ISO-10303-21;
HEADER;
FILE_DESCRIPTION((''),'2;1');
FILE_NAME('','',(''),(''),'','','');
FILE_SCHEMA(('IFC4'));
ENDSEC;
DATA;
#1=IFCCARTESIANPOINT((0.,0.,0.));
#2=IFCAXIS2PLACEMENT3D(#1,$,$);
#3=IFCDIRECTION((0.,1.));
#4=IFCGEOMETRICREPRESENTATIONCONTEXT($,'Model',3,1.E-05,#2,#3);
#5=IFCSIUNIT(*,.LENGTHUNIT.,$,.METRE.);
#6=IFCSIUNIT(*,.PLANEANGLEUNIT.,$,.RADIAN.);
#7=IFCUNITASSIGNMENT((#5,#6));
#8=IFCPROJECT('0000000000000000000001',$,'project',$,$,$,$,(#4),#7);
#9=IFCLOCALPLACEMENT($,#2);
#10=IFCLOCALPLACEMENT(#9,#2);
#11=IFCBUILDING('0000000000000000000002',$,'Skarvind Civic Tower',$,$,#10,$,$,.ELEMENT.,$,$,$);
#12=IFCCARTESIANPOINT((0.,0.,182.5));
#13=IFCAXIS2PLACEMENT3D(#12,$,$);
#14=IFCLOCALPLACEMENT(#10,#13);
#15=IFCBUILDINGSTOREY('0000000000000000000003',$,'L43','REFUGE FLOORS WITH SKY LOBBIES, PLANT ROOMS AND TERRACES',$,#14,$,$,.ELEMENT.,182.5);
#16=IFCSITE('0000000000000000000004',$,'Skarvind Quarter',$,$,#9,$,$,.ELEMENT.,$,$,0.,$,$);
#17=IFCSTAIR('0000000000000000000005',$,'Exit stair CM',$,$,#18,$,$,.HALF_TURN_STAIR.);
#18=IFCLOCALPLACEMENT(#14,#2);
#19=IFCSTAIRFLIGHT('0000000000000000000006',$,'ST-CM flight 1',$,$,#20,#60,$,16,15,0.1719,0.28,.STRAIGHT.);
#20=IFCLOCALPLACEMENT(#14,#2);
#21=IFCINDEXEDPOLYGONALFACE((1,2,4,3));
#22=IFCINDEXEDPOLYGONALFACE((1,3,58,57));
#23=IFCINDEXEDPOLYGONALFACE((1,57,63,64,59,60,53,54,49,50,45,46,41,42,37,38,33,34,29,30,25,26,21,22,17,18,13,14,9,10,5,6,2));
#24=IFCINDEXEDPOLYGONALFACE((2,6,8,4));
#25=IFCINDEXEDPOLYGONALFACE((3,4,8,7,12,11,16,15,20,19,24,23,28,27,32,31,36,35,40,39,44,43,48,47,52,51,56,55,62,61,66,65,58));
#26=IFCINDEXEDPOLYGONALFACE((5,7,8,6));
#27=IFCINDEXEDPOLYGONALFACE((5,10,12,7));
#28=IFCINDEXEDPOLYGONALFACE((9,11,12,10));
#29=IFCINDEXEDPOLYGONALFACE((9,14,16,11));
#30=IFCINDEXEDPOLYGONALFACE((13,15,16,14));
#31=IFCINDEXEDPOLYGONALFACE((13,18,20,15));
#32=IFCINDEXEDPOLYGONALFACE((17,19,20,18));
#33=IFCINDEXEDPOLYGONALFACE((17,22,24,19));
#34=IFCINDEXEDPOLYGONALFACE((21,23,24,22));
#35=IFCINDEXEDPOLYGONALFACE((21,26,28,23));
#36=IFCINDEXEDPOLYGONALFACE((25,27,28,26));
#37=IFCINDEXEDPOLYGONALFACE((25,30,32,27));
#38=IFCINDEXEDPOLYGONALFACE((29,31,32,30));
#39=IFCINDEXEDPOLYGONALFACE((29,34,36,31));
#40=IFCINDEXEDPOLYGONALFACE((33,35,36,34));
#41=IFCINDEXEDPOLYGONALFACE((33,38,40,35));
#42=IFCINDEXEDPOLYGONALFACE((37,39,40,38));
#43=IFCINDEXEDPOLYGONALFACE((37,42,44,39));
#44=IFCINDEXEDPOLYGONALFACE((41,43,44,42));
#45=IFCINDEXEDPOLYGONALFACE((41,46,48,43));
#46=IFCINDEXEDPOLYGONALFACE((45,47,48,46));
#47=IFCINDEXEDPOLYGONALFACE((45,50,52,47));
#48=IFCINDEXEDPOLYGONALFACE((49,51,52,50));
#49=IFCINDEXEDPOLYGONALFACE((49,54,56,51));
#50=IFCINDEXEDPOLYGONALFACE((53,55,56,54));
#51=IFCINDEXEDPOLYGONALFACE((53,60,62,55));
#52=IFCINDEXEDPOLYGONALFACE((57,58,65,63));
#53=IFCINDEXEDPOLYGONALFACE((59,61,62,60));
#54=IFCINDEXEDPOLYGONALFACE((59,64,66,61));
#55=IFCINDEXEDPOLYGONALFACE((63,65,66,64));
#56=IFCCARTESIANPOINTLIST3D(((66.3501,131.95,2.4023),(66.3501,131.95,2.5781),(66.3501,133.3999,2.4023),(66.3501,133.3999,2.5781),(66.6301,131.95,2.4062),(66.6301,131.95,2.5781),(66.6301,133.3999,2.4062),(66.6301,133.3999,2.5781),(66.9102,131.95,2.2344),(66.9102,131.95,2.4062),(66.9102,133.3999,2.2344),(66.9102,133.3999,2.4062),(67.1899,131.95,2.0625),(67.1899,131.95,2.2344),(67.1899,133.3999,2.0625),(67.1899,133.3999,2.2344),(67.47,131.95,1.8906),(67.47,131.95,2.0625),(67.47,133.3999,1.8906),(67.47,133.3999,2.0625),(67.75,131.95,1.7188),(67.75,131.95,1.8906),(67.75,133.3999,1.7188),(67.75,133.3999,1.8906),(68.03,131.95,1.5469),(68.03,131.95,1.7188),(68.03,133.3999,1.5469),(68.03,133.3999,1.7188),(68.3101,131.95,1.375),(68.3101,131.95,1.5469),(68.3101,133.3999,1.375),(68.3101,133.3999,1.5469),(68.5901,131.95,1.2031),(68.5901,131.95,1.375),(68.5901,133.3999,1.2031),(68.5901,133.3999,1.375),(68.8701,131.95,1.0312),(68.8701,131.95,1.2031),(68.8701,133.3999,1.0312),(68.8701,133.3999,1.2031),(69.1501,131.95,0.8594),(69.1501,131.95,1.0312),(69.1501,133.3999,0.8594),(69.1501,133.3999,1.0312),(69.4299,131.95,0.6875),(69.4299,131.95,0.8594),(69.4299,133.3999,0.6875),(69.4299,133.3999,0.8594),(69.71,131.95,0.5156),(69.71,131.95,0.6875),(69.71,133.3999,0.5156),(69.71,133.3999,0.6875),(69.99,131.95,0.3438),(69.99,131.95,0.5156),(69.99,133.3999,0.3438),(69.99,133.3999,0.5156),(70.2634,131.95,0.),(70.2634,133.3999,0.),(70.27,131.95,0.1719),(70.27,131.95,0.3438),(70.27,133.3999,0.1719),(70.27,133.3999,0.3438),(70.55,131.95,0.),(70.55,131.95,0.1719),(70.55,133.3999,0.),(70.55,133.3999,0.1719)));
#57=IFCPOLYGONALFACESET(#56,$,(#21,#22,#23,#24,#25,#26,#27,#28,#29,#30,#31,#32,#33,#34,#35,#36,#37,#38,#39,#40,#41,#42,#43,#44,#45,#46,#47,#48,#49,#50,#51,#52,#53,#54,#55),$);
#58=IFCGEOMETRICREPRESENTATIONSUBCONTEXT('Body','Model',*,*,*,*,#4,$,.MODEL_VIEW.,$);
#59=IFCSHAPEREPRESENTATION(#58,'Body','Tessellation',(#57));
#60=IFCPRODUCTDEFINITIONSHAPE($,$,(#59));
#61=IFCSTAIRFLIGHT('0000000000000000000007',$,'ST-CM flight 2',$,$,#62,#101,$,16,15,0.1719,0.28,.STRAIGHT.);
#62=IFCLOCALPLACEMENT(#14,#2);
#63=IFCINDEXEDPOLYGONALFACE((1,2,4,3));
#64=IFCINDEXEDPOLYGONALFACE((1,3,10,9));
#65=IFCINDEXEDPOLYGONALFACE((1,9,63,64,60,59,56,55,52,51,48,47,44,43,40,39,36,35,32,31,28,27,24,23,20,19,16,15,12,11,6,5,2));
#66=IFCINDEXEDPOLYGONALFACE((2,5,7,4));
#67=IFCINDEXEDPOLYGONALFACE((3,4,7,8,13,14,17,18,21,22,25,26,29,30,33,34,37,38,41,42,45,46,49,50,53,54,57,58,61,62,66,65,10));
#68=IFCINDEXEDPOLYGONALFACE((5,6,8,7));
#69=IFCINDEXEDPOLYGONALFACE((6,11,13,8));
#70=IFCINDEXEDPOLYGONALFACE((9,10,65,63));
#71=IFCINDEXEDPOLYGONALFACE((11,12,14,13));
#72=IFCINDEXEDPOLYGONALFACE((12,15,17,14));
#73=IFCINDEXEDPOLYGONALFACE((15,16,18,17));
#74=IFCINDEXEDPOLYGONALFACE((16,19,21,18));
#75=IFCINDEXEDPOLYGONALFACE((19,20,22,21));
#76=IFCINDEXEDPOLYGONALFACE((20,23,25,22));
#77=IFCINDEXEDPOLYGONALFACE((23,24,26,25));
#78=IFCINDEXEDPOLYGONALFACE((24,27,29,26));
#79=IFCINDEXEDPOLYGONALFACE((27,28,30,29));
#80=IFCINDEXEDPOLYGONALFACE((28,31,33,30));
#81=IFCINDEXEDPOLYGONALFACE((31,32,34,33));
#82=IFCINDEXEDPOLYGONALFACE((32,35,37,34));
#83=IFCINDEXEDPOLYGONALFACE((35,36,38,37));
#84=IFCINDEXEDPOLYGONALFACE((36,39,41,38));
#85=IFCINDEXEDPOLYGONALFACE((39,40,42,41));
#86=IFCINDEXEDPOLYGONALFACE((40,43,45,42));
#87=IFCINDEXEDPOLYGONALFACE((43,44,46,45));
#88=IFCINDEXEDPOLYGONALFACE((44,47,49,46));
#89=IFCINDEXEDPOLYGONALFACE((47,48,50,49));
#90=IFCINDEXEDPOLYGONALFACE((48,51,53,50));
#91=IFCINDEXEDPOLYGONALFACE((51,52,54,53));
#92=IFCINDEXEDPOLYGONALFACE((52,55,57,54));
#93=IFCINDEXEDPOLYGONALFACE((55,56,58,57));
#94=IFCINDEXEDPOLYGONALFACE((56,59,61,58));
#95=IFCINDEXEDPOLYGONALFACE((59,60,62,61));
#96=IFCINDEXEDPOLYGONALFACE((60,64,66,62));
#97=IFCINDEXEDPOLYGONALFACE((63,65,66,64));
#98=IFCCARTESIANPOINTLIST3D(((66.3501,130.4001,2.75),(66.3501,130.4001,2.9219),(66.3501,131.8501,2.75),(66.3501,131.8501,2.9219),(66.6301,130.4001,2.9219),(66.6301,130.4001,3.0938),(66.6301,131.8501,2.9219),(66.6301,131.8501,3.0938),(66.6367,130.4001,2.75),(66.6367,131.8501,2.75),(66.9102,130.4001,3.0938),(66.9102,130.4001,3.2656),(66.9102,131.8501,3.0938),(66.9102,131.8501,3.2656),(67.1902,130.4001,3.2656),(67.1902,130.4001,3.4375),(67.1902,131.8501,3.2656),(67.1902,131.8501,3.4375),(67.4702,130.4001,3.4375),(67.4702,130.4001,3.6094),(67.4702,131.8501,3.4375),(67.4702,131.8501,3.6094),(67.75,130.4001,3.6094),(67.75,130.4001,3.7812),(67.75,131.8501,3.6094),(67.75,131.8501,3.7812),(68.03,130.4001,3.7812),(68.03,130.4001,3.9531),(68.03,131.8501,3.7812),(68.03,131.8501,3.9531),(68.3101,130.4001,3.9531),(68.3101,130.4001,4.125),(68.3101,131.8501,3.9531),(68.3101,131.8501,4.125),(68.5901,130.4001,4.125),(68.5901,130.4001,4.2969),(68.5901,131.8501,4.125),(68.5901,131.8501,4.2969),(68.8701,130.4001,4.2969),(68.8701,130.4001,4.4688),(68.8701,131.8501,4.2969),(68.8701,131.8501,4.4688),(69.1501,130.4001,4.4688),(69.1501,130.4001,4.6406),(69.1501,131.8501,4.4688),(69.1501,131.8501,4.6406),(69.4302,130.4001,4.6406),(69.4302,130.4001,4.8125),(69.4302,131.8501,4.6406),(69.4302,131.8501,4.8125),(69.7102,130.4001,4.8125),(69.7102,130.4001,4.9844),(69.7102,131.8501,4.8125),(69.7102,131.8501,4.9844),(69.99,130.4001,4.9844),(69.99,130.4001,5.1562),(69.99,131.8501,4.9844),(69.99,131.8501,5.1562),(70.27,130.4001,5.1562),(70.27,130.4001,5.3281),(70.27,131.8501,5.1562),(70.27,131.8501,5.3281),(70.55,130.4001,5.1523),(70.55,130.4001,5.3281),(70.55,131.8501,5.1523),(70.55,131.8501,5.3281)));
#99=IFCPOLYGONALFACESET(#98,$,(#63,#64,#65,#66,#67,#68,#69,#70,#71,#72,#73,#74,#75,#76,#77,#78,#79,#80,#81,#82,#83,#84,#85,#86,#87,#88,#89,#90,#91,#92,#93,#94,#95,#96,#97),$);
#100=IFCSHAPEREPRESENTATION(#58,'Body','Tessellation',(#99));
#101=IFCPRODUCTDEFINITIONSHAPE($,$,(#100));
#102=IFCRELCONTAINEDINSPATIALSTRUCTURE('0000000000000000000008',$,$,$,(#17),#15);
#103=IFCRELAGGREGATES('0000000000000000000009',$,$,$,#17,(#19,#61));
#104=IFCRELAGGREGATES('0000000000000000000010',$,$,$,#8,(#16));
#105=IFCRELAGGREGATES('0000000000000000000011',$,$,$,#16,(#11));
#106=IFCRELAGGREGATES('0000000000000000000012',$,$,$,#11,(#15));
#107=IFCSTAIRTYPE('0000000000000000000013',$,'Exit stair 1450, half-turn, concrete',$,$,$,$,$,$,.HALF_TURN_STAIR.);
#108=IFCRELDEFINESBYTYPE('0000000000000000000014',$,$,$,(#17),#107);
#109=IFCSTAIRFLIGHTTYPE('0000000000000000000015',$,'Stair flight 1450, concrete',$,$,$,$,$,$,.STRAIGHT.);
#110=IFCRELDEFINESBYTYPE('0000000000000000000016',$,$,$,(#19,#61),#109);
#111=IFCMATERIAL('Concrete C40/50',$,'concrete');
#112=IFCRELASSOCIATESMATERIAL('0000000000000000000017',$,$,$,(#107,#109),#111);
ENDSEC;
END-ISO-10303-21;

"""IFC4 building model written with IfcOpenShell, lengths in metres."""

from ifc_helpers import new_model, si_unit, direction, frame, origin, place, context, subcontext, project, spatial, polyline, outline, extrude, material, type_object, element, aggregate, save


model = new_model("IFC4")

# Units and contexts
model_context = context("Model", 3, precision=1e-05, world=origin(), true_north=direction((0.0, 1.0)))
body_context = subcontext(model_context, "Body", "Model", "MODEL_VIEW")
ifc_project = project(units=[si_unit("LENGTHUNIT", "METRE"), si_unit("PLANEANGLEUNIT", "RADIAN")], contexts=[model_context])

# Site, building, storey
site_placement = place(None, origin())
site = spatial("IfcSite", under=ifc_project, at=site_placement, Name="Skarvind Quarter", CompositionType="ELEMENT", RefElevation=0.0)
building_placement = place(site_placement, origin())
building = spatial("IfcBuilding", under=site, at=building_placement, Name="Skarvind Civic Tower", CompositionType="ELEMENT")
storey_placement = place(building_placement, frame((0.0, 0.0, 182.5)))
storey = spatial("IfcBuildingStorey", under=building, at=storey_placement, Name="L43", Description="REFUGE FLOORS WITH SKY LOBBIES, PLANT ROOMS AND TERRACES", CompositionType="ELEMENT", Elevation=182.5)

# Stair, stair flights
ifc_material_1 = material(Name="Concrete C40/50", Category="concrete")
stair_type = type_object("IfcStairType", Name="Exit stair 1450, half-turn, concrete", PredefinedType="HALF_TURN_STAIR", material=ifc_material_1)
stair_placement = place(storey_placement, origin())
stair = element("IfcStair", 1, at=stair_placement, inside=storey, type_object=stair_type, Name="Exit stair CM", PredefinedType="HALF_TURN_STAIR")
stair_flight_type = type_object("IfcStairFlightType", Name="Stair flight 1450, concrete", PredefinedType="STRAIGHT", material=ifc_material_1)
stair_flight_1_placement = place(storey_placement, frame((70.55, 132.675, 0.0), z_axis=(0.0, 0.0, 1.0), x_axis=(-1.0, 0.0, 0.0)))
stair_flight_1 = element("IfcStairFlight", 2, at=stair_flight_1_placement, type_object=stair_flight_type, Name="ST-CM flight 1", NumberOfRisers=16, NumberOfTreads=15, PredefinedType="STRAIGHT", RiserHeight=0.1719, TreadLength=0.28, context=body_context, shape_type="SweptSolid", body=[
    extrude(outline(polyline([(0.0, 0.0), (0.0, 0.1719), (0.28, 0.1719), (0.28, 0.3438), (0.5601, 0.3438), (0.5601, 0.5156), (0.8401, 0.5156), (0.8401, 0.6875), (1.1201, 0.6875), (1.1201, 0.8594), (1.3999, 0.8594), (1.3999, 1.0312), (1.6799, 1.0312), (1.6799, 1.2031), (1.96, 1.2031), (1.96, 1.375), (2.24, 1.375), (2.24, 1.5469), (2.52, 1.5469), (2.52, 1.7188), (2.8, 1.7188), (2.8, 1.8906), (3.0801, 1.8906), (3.0801, 2.0625), (3.3601, 2.0625), (3.3601, 2.2344), (3.6399, 2.2344), (3.6399, 2.4062), (3.9199, 2.4062), (3.9199, 2.5781), (4.2, 2.5781), (4.2, 2.75), (4.2, 2.4023), (0.2866, 0.0), (0.0, 0.0)])), frame((0.0, 0.7251, 0.0), z_axis=(0.0, -1.0, 0.0), x_axis=(1.0, 0.0, 0.0)), (0.0, 0.0, 1.0), 1.45),
])
stair_flight_2_placement = place(storey_placement, frame((66.3501, 131.125, 2.75), z_axis=(0.0, 0.0, 1.0), x_axis=(1.0, 0.0, 0.0)))
stair_flight_2 = element("IfcStairFlight", 3, at=stair_flight_2_placement, type_object=stair_flight_type, Name="ST-CM flight 2", NumberOfRisers=16, NumberOfTreads=15, PredefinedType="STRAIGHT", RiserHeight=0.1719, TreadLength=0.28, context=body_context, shape_type="SweptSolid", body=[
    extrude(outline(polyline([(0.0, 0.0), (0.0, 0.1719), (0.28, 0.1719), (0.28, 0.3438), (0.5601, 0.3438), (0.5601, 0.5156), (0.8401, 0.5156), (0.8401, 0.6875), (1.1201, 0.6875), (1.1201, 0.8594), (1.3999, 0.8594), (1.3999, 1.0312), (1.6799, 1.0312), (1.6799, 1.2031), (1.96, 1.2031), (1.96, 1.375), (2.24, 1.375), (2.24, 1.5469), (2.52, 1.5469), (2.52, 1.7188), (2.8, 1.7188), (2.8, 1.8906), (3.0801, 1.8906), (3.0801, 2.0625), (3.3601, 2.0625), (3.3601, 2.2344), (3.6399, 2.2344), (3.6399, 2.4062), (3.9199, 2.4062), (3.9199, 2.5781), (4.2, 2.5781), (4.2, 2.75), (4.2, 2.4023), (0.2866, 0.0), (0.0, 0.0)])), frame((0.0, 0.7251, 0.0), z_axis=(0.0, -1.0, 0.0), x_axis=(1.0, 0.0, 0.0)), (0.0, 0.0, 1.0), 1.45),
])
aggregate(stair, [stair_flight_1, stair_flight_2])

save(model, "model.ifc")
